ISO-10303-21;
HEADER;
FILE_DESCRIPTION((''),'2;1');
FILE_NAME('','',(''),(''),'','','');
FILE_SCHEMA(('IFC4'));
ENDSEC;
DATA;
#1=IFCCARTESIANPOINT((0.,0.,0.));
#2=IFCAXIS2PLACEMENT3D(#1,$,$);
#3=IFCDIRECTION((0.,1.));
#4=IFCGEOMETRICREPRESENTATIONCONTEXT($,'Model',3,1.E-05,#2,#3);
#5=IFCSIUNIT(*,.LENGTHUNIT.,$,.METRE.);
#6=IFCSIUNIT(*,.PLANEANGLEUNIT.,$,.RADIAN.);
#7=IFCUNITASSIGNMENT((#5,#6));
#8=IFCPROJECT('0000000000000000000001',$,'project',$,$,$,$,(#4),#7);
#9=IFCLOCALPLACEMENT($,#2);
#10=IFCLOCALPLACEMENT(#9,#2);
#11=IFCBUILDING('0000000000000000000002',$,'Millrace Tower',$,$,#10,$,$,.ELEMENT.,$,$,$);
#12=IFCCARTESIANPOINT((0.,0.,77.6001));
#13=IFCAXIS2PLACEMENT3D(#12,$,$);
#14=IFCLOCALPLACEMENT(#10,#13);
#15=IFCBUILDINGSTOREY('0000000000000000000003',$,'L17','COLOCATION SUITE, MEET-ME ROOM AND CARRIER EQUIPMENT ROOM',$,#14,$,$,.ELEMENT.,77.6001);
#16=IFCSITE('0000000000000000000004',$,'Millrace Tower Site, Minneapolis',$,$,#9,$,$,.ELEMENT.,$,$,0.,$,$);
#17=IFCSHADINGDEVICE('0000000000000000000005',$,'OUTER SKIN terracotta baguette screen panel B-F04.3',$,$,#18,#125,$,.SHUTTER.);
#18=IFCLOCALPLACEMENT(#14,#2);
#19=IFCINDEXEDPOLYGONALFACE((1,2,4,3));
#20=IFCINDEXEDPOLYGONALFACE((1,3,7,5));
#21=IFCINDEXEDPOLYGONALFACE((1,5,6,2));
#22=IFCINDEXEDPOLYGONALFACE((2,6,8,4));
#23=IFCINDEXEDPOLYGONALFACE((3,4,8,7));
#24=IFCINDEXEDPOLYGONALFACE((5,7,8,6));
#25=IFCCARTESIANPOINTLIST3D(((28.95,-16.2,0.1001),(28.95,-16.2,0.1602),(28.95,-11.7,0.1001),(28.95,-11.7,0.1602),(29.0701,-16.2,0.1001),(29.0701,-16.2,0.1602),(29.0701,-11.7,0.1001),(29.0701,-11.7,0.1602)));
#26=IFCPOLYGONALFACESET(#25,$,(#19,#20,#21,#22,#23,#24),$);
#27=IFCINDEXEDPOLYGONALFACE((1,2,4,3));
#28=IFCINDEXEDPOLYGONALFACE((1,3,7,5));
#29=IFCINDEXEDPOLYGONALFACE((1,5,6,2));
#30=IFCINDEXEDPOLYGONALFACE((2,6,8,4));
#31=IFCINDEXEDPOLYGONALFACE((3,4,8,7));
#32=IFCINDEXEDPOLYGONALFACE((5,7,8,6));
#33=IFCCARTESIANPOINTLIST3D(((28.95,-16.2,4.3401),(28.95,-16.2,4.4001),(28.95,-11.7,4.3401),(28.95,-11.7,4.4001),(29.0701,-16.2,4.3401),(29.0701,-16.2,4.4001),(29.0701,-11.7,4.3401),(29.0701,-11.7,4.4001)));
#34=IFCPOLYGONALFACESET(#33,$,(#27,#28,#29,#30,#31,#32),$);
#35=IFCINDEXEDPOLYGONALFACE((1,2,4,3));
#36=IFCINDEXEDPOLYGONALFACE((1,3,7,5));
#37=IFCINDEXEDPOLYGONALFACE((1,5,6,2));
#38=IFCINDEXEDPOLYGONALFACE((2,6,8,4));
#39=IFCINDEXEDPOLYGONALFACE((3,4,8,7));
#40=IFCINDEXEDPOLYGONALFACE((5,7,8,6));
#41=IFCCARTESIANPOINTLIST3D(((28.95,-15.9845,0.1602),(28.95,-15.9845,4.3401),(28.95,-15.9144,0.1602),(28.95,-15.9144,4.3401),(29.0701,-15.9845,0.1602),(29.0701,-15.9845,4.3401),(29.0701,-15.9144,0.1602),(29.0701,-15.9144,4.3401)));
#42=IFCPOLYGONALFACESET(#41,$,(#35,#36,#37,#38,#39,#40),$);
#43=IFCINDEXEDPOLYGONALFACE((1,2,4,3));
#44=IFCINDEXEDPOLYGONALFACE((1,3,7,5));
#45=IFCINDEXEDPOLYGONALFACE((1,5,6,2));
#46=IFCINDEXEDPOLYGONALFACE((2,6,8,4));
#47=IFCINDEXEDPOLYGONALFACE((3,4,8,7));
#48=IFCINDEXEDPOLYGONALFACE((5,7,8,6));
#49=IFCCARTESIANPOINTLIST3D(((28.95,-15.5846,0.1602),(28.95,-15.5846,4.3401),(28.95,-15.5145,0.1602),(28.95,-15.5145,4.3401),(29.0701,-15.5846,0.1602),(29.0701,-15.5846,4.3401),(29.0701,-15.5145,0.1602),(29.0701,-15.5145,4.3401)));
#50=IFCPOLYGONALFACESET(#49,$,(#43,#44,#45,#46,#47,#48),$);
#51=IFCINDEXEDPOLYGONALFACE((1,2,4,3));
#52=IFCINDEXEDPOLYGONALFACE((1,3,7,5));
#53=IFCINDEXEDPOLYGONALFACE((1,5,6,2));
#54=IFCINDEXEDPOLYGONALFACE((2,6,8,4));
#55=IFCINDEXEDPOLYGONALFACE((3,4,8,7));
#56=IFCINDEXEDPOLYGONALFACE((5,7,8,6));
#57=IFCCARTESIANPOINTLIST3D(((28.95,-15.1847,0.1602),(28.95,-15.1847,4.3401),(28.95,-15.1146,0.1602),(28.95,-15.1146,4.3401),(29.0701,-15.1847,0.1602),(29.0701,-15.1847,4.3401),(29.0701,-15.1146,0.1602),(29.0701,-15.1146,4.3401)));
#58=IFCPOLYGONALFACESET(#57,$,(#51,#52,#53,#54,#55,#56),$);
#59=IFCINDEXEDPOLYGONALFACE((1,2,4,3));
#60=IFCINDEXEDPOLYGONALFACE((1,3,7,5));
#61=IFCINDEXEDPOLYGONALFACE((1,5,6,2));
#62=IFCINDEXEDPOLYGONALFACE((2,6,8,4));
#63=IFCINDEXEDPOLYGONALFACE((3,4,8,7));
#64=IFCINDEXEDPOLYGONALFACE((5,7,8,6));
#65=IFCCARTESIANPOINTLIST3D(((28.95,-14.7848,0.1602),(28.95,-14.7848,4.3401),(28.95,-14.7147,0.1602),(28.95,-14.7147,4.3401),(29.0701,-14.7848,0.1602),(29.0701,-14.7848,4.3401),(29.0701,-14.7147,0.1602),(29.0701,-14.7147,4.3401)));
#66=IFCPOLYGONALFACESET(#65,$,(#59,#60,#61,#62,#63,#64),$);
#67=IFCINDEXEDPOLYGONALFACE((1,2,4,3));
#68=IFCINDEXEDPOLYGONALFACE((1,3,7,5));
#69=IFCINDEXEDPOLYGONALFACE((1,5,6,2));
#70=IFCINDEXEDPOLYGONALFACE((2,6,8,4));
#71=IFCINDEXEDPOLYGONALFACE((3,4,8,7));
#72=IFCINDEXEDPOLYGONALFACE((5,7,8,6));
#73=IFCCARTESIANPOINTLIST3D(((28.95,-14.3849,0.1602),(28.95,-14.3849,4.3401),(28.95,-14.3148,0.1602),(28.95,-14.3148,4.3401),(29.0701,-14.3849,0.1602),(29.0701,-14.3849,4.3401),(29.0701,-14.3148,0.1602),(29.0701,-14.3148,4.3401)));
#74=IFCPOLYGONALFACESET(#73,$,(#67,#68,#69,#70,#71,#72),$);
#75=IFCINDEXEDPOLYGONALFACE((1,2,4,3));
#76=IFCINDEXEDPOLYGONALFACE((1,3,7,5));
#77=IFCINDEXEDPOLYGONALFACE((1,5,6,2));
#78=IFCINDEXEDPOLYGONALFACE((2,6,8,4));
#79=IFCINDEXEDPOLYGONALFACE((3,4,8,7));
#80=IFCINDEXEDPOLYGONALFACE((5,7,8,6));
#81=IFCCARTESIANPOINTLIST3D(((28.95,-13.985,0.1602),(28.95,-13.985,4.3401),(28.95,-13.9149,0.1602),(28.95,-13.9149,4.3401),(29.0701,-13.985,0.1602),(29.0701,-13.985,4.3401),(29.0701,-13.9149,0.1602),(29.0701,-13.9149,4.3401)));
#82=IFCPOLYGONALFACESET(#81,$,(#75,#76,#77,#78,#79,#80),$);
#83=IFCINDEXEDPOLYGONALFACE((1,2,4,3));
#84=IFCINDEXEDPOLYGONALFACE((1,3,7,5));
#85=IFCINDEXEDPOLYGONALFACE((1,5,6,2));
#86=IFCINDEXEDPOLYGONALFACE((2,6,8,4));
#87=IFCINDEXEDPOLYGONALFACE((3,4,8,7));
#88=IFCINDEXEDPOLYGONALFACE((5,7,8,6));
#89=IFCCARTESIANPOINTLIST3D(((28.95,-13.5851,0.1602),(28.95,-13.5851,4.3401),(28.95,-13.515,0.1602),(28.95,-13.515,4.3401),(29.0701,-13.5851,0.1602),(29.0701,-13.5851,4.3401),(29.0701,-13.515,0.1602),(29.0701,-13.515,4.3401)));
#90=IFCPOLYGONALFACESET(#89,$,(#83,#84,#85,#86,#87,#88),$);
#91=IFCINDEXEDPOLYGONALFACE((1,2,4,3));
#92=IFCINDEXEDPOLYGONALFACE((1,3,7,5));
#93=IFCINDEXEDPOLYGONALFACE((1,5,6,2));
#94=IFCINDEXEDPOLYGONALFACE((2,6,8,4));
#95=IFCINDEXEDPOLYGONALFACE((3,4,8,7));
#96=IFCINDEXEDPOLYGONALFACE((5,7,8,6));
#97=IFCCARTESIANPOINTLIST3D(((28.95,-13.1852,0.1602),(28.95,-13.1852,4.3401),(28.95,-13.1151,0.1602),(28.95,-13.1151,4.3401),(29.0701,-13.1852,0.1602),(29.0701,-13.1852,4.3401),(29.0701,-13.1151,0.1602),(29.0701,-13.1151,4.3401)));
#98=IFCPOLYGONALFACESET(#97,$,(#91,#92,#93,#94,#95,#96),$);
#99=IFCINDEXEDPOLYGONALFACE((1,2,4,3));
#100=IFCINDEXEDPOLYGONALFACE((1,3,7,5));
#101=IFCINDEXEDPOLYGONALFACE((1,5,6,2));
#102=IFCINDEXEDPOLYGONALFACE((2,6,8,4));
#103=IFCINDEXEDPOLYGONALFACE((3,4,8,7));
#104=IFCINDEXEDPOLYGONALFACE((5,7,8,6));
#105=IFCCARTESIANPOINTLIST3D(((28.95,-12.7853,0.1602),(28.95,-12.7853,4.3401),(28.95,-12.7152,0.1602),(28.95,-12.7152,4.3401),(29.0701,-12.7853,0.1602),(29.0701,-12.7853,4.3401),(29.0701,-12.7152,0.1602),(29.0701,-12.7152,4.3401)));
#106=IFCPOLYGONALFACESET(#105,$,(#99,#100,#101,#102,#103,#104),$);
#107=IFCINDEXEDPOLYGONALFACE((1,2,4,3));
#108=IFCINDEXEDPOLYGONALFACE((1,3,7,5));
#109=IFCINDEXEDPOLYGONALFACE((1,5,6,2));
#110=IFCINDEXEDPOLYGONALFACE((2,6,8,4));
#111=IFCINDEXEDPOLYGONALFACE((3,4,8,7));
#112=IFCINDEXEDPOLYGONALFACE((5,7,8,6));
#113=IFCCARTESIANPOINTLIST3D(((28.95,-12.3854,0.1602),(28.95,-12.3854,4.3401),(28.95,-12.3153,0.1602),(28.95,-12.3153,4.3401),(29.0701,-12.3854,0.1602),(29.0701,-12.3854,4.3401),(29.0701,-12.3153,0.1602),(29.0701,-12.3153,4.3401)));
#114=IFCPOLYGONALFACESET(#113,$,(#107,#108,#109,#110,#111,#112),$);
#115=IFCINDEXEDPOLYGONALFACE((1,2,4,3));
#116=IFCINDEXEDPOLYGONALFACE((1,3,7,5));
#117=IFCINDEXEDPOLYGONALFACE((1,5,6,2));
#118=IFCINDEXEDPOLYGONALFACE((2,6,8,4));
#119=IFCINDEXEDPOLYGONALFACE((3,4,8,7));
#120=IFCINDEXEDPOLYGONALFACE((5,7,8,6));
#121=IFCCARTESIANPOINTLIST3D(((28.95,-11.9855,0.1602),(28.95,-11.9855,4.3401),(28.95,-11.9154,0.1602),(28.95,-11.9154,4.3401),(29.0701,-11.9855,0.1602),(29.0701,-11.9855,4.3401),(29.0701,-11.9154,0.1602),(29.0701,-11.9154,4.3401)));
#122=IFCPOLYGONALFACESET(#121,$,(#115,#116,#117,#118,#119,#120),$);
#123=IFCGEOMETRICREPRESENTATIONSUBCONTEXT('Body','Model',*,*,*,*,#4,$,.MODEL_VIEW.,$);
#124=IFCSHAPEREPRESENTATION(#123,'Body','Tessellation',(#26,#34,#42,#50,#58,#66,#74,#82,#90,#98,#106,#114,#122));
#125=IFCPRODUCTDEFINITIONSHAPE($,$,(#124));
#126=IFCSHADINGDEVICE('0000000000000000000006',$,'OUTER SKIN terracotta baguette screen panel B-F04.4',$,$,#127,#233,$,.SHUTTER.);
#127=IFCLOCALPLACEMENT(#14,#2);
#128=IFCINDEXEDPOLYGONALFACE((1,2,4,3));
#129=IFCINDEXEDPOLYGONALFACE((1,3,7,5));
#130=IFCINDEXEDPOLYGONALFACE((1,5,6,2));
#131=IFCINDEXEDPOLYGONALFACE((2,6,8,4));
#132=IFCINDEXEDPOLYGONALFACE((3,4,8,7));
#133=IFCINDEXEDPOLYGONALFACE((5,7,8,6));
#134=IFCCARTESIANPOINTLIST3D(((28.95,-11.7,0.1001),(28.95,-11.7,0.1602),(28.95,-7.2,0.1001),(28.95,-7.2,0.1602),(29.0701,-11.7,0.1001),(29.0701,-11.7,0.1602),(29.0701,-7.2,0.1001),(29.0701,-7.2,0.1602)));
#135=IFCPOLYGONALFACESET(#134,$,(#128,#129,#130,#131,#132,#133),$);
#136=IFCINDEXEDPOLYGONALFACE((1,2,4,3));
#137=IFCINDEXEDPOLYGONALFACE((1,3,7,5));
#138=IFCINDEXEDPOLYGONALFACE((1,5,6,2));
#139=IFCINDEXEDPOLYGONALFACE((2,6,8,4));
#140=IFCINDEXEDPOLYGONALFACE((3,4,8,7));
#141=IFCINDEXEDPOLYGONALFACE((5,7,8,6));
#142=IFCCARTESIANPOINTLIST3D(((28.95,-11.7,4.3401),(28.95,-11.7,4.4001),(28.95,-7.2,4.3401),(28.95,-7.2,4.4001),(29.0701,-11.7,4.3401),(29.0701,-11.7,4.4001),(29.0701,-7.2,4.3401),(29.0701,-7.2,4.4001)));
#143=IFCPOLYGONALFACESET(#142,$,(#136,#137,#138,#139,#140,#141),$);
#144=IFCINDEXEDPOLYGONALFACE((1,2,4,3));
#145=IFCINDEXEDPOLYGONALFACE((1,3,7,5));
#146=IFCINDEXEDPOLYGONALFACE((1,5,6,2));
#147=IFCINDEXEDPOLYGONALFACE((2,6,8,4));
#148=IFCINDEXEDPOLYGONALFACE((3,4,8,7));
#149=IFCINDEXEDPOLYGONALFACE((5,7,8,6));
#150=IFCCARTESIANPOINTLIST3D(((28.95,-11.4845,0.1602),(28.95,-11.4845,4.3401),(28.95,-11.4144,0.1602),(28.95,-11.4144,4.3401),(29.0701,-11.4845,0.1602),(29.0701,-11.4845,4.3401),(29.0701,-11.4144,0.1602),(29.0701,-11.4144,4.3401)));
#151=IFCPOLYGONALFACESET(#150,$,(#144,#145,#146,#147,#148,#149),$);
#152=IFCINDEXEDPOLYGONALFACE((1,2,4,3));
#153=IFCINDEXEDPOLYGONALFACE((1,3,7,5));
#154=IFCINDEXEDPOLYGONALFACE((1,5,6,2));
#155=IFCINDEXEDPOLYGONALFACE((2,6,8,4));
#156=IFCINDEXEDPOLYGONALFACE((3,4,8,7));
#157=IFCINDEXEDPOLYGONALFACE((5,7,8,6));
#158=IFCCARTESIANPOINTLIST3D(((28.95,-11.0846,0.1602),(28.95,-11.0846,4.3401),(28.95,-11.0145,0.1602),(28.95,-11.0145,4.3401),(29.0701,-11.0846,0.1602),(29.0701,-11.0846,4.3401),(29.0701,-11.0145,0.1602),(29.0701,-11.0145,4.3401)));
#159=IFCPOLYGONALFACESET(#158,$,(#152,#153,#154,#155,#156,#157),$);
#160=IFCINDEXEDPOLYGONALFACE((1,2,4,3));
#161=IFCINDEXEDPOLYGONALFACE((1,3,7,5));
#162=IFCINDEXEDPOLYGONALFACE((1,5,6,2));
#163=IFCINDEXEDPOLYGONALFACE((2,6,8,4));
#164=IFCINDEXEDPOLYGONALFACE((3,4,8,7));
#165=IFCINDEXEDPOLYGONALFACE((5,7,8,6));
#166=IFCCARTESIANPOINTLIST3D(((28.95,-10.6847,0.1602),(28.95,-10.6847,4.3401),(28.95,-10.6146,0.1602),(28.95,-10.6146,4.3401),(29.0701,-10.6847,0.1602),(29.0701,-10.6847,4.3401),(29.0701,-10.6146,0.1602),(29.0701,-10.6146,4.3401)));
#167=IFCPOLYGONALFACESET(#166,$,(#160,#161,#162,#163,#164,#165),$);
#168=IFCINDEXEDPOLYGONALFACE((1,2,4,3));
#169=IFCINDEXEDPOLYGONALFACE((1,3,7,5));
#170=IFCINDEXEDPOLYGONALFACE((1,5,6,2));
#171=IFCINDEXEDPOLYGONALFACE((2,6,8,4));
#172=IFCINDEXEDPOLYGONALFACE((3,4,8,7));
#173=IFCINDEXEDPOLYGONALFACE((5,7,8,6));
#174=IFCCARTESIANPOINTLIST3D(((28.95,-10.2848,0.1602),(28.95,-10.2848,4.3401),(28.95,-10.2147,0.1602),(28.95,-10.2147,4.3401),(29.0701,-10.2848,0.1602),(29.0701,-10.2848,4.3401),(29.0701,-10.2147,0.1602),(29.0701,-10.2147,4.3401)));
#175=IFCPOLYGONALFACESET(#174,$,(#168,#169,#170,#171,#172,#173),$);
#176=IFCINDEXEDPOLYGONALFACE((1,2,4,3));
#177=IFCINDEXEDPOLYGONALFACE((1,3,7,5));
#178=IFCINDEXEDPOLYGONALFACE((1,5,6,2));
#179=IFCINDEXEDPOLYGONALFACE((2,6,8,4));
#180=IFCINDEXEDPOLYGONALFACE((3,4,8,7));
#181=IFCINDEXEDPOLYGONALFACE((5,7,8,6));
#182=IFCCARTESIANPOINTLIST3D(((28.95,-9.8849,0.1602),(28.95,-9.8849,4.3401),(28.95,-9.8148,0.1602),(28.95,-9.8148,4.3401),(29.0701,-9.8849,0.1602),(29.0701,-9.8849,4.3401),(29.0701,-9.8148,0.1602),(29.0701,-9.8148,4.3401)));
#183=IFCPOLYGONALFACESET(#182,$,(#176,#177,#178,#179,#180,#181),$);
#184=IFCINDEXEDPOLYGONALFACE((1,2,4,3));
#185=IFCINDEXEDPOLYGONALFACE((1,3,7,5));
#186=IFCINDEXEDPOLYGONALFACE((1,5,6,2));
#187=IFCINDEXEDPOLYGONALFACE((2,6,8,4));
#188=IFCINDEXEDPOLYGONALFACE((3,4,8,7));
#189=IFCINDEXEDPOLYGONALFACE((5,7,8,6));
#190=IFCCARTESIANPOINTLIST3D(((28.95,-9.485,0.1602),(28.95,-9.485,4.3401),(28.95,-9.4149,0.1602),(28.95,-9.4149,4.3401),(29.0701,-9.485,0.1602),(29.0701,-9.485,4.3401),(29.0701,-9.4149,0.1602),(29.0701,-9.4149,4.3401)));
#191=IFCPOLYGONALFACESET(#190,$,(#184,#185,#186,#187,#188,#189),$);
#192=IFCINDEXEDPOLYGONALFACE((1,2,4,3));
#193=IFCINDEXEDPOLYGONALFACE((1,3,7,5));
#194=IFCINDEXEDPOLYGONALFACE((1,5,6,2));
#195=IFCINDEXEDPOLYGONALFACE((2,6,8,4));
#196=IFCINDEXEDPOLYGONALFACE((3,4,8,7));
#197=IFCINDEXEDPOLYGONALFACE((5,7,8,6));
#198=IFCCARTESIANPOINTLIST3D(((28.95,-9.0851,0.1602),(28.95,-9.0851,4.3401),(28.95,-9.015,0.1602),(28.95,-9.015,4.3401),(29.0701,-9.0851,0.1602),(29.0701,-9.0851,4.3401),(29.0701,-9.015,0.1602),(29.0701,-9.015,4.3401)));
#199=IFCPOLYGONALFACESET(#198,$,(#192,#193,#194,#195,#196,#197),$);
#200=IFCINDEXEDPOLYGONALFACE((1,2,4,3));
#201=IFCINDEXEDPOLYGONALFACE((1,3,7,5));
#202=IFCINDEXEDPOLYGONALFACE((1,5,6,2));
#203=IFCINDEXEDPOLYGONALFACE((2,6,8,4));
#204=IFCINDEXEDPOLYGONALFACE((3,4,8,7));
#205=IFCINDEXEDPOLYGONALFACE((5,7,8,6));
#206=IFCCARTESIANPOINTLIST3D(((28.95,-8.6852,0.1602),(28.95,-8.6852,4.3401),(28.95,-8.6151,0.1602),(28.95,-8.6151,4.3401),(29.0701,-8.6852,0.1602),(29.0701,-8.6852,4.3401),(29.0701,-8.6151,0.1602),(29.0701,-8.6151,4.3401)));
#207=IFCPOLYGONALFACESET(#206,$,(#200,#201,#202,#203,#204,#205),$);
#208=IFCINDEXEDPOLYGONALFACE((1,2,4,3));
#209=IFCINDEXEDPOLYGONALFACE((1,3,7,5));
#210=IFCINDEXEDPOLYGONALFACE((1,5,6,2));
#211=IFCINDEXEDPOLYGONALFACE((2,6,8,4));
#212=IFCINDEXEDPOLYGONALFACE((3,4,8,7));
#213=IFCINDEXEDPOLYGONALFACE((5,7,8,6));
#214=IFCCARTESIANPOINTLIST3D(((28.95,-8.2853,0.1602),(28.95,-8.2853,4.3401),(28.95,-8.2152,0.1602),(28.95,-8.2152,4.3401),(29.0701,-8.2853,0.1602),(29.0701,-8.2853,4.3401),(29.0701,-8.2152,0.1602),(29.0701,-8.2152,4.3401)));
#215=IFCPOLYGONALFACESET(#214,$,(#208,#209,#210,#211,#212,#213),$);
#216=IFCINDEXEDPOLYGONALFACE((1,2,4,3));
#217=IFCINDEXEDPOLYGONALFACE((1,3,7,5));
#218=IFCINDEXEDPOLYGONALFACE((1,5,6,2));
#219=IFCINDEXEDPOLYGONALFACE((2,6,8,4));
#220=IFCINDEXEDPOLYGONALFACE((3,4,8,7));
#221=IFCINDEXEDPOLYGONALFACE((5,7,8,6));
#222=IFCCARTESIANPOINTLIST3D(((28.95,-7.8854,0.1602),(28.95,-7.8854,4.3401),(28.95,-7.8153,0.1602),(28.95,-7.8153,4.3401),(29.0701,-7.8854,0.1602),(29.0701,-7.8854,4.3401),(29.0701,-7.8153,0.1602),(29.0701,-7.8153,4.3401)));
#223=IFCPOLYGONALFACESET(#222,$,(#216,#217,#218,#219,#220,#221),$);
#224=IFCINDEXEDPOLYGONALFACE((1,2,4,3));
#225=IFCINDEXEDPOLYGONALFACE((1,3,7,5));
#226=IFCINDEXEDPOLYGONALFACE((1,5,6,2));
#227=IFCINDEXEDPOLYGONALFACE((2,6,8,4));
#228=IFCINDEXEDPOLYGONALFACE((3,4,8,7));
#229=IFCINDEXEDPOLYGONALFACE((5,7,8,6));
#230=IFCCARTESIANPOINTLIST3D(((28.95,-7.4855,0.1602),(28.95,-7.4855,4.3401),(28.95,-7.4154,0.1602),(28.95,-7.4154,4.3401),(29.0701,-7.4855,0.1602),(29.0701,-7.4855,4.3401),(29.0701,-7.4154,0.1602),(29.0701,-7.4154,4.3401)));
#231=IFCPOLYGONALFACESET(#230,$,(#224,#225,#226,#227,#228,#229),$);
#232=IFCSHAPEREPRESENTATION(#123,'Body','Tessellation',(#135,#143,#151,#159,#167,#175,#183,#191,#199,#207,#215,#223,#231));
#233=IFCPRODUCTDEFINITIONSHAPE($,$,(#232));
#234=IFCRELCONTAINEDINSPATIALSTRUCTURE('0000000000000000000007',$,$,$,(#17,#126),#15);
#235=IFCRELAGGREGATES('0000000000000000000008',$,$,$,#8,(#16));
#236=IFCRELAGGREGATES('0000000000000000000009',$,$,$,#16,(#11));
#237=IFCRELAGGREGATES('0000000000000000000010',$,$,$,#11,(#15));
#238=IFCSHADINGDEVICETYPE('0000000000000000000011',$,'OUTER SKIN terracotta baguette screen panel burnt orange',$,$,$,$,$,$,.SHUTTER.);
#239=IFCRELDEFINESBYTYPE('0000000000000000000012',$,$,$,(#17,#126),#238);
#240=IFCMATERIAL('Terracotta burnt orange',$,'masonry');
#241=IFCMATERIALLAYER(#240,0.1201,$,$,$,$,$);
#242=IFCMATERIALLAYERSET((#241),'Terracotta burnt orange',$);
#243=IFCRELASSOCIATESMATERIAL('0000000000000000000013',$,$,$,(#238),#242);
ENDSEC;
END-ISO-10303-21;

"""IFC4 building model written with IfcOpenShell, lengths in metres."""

from ifc_helpers import new_model, entity, si_unit, direction, frame, frame_2d, origin, origin_2d, place, context, subcontext, project, spatial, rectangle, extrude, source, transform, mapped, material, layer, layer_set, type_object, element, save


model = new_model("IFC4")

# Units and contexts
model_context = context("Model", 3, precision=1e-05, world=origin(), true_north=direction((0.0, 1.0)))
body_context = subcontext(model_context, "Body", "Model", "MODEL_VIEW")
ifc_project = project(units=[si_unit("LENGTHUNIT", "METRE"), si_unit("PLANEANGLEUNIT", "RADIAN")], contexts=[model_context])

# Site, building, storey
site_placement = place(None, origin())
site = spatial("IfcSite", under=ifc_project, at=site_placement, Name="Millrace Tower Site, Minneapolis", CompositionType="ELEMENT", RefElevation=0.0)
building_placement = place(site_placement, origin())
building = spatial("IfcBuilding", under=site, at=building_placement, Name="Millrace Tower", CompositionType="ELEMENT")
storey_placement = place(building_placement, frame((0.0, 0.0, 77.6001)))
storey = spatial("IfcBuildingStorey", under=building, at=storey_placement, Name="L17", Description="COLOCATION SUITE, MEET-ME ROOM AND CARRIER EQUIPMENT ROOM", CompositionType="ELEMENT", Elevation=77.6001)

# Shading devices
ifc_material_1 = material(Name="Terracotta burnt orange", Category="masonry")
ifc_layer_1 = layer(ifc_material_1, 0.1201)
ifc_layer_set_1 = layer_set([ifc_layer_1], Name="Terracotta burnt orange")
shading_device_type = type_object("IfcShadingDeviceType", Name="OUTER SKIN terracotta baguette screen panel burnt orange", PredefinedType="SHUTTER", material=ifc_layer_set_1)
cartesian_point = entity("IfcCartesianPoint", [-2.25, 0.0601])
shared_polyline = entity("IfcPolyline", [cartesian_point, entity("IfcCartesianPoint", [2.25, 0.0601]), entity("IfcCartesianPoint", [2.25, -0.0601]), entity("IfcCartesianPoint", [-2.25, -0.0601]), cartesian_point])
shared_shape = source(origin(), body_context, "Body", "SweptSolid", [
    entity("IfcExtrudedAreaSolid", entity("IfcArbitraryClosedProfileDef", "AREA", None, shared_polyline), entity("IfcAxis2Placement3D", entity("IfcCartesianPoint", [0.0, 0.0, 0.0])), entity("IfcDirection", [0.0, 0.0, 1.0]), 0.0601),
    entity("IfcExtrudedAreaSolid", entity("IfcArbitraryClosedProfileDef", "AREA", None, shared_polyline), entity("IfcAxis2Placement3D", entity("IfcCartesianPoint", [0.0, 0.0, 4.24])), entity("IfcDirection", [0.0, 0.0, 1.0]), 0.0601),
    extrude(rectangle(XDim=0.0701, YDim=0.1201, at=frame_2d((-1.9995, 0.0))), frame((0.0, 0.0, 0.0601)), (0.0, 0.0, 1.0), 4.1799),
    extrude(rectangle(XDim=0.0701, YDim=0.1201, at=frame_2d((-1.5996, 0.0))), frame((0.0, 0.0, 0.0601)), (0.0, 0.0, 1.0), 4.1799),
    extrude(rectangle(XDim=0.0701, YDim=0.1201, at=frame_2d((-1.1997, 0.0))), frame((0.0, 0.0, 0.0601)), (0.0, 0.0, 1.0), 4.1799),
    extrude(rectangle(XDim=0.0701, YDim=0.1201, at=frame_2d((-0.7998, 0.0))), frame((0.0, 0.0, 0.0601)), (0.0, 0.0, 1.0), 4.1799),
    extrude(rectangle(XDim=0.0701, YDim=0.1201, at=frame_2d((-0.3999, 0.0))), frame((0.0, 0.0, 0.0601)), (0.0, 0.0, 1.0), 4.1799),
    extrude(rectangle(XDim=0.0701, YDim=0.1201, at=origin_2d()), frame((0.0, 0.0, 0.0601)), (0.0, 0.0, 1.0), 4.1799),
    extrude(rectangle(XDim=0.0701, YDim=0.1201, at=frame_2d((0.3999, 0.0))), frame((0.0, 0.0, 0.0601)), (0.0, 0.0, 1.0), 4.1799),
    extrude(rectangle(XDim=0.0701, YDim=0.1201, at=frame_2d((0.7998, 0.0))), frame((0.0, 0.0, 0.0601)), (0.0, 0.0, 1.0), 4.1799),
    extrude(rectangle(XDim=0.0701, YDim=0.1201, at=frame_2d((1.1997, 0.0))), frame((0.0, 0.0, 0.0601)), (0.0, 0.0, 1.0), 4.1799),
    extrude(rectangle(XDim=0.0701, YDim=0.1201, at=frame_2d((1.5996, 0.0))), frame((0.0, 0.0, 0.0601)), (0.0, 0.0, 1.0), 4.1799),
    extrude(rectangle(XDim=0.0701, YDim=0.1201, at=frame_2d((1.9995, 0.0))), frame((0.0, 0.0, 0.0601)), (0.0, 0.0, 1.0), 4.1799),
])
for number, where, z_axis, x_axis, name in (
    (1, (29.01, -13.95, 0.1001), (0.0, 0.0, 1.0), (0.0, 1.0, 0.0), "OUTER SKIN terracotta baguette screen panel B-F04.3"),
    (2, (29.01, -9.45, 0.1001), (0.0, 0.0, 1.0), (0.0, 1.0, 0.0), "OUTER SKIN terracotta baguette screen panel B-F04.4"),
):
    element("IfcShadingDevice", number, at=place(storey_placement, frame(where, z_axis=z_axis, x_axis=x_axis)), inside=storey, type_object=shading_device_type, Name=name, PredefinedType="SHUTTER", context=body_context, shape_type="MappedRepresentation", body=[
        mapped(shared_shape, transform((0.0, 0.0, 0.0), scale=1.0)),
    ])

save(model, "model.ifc")
